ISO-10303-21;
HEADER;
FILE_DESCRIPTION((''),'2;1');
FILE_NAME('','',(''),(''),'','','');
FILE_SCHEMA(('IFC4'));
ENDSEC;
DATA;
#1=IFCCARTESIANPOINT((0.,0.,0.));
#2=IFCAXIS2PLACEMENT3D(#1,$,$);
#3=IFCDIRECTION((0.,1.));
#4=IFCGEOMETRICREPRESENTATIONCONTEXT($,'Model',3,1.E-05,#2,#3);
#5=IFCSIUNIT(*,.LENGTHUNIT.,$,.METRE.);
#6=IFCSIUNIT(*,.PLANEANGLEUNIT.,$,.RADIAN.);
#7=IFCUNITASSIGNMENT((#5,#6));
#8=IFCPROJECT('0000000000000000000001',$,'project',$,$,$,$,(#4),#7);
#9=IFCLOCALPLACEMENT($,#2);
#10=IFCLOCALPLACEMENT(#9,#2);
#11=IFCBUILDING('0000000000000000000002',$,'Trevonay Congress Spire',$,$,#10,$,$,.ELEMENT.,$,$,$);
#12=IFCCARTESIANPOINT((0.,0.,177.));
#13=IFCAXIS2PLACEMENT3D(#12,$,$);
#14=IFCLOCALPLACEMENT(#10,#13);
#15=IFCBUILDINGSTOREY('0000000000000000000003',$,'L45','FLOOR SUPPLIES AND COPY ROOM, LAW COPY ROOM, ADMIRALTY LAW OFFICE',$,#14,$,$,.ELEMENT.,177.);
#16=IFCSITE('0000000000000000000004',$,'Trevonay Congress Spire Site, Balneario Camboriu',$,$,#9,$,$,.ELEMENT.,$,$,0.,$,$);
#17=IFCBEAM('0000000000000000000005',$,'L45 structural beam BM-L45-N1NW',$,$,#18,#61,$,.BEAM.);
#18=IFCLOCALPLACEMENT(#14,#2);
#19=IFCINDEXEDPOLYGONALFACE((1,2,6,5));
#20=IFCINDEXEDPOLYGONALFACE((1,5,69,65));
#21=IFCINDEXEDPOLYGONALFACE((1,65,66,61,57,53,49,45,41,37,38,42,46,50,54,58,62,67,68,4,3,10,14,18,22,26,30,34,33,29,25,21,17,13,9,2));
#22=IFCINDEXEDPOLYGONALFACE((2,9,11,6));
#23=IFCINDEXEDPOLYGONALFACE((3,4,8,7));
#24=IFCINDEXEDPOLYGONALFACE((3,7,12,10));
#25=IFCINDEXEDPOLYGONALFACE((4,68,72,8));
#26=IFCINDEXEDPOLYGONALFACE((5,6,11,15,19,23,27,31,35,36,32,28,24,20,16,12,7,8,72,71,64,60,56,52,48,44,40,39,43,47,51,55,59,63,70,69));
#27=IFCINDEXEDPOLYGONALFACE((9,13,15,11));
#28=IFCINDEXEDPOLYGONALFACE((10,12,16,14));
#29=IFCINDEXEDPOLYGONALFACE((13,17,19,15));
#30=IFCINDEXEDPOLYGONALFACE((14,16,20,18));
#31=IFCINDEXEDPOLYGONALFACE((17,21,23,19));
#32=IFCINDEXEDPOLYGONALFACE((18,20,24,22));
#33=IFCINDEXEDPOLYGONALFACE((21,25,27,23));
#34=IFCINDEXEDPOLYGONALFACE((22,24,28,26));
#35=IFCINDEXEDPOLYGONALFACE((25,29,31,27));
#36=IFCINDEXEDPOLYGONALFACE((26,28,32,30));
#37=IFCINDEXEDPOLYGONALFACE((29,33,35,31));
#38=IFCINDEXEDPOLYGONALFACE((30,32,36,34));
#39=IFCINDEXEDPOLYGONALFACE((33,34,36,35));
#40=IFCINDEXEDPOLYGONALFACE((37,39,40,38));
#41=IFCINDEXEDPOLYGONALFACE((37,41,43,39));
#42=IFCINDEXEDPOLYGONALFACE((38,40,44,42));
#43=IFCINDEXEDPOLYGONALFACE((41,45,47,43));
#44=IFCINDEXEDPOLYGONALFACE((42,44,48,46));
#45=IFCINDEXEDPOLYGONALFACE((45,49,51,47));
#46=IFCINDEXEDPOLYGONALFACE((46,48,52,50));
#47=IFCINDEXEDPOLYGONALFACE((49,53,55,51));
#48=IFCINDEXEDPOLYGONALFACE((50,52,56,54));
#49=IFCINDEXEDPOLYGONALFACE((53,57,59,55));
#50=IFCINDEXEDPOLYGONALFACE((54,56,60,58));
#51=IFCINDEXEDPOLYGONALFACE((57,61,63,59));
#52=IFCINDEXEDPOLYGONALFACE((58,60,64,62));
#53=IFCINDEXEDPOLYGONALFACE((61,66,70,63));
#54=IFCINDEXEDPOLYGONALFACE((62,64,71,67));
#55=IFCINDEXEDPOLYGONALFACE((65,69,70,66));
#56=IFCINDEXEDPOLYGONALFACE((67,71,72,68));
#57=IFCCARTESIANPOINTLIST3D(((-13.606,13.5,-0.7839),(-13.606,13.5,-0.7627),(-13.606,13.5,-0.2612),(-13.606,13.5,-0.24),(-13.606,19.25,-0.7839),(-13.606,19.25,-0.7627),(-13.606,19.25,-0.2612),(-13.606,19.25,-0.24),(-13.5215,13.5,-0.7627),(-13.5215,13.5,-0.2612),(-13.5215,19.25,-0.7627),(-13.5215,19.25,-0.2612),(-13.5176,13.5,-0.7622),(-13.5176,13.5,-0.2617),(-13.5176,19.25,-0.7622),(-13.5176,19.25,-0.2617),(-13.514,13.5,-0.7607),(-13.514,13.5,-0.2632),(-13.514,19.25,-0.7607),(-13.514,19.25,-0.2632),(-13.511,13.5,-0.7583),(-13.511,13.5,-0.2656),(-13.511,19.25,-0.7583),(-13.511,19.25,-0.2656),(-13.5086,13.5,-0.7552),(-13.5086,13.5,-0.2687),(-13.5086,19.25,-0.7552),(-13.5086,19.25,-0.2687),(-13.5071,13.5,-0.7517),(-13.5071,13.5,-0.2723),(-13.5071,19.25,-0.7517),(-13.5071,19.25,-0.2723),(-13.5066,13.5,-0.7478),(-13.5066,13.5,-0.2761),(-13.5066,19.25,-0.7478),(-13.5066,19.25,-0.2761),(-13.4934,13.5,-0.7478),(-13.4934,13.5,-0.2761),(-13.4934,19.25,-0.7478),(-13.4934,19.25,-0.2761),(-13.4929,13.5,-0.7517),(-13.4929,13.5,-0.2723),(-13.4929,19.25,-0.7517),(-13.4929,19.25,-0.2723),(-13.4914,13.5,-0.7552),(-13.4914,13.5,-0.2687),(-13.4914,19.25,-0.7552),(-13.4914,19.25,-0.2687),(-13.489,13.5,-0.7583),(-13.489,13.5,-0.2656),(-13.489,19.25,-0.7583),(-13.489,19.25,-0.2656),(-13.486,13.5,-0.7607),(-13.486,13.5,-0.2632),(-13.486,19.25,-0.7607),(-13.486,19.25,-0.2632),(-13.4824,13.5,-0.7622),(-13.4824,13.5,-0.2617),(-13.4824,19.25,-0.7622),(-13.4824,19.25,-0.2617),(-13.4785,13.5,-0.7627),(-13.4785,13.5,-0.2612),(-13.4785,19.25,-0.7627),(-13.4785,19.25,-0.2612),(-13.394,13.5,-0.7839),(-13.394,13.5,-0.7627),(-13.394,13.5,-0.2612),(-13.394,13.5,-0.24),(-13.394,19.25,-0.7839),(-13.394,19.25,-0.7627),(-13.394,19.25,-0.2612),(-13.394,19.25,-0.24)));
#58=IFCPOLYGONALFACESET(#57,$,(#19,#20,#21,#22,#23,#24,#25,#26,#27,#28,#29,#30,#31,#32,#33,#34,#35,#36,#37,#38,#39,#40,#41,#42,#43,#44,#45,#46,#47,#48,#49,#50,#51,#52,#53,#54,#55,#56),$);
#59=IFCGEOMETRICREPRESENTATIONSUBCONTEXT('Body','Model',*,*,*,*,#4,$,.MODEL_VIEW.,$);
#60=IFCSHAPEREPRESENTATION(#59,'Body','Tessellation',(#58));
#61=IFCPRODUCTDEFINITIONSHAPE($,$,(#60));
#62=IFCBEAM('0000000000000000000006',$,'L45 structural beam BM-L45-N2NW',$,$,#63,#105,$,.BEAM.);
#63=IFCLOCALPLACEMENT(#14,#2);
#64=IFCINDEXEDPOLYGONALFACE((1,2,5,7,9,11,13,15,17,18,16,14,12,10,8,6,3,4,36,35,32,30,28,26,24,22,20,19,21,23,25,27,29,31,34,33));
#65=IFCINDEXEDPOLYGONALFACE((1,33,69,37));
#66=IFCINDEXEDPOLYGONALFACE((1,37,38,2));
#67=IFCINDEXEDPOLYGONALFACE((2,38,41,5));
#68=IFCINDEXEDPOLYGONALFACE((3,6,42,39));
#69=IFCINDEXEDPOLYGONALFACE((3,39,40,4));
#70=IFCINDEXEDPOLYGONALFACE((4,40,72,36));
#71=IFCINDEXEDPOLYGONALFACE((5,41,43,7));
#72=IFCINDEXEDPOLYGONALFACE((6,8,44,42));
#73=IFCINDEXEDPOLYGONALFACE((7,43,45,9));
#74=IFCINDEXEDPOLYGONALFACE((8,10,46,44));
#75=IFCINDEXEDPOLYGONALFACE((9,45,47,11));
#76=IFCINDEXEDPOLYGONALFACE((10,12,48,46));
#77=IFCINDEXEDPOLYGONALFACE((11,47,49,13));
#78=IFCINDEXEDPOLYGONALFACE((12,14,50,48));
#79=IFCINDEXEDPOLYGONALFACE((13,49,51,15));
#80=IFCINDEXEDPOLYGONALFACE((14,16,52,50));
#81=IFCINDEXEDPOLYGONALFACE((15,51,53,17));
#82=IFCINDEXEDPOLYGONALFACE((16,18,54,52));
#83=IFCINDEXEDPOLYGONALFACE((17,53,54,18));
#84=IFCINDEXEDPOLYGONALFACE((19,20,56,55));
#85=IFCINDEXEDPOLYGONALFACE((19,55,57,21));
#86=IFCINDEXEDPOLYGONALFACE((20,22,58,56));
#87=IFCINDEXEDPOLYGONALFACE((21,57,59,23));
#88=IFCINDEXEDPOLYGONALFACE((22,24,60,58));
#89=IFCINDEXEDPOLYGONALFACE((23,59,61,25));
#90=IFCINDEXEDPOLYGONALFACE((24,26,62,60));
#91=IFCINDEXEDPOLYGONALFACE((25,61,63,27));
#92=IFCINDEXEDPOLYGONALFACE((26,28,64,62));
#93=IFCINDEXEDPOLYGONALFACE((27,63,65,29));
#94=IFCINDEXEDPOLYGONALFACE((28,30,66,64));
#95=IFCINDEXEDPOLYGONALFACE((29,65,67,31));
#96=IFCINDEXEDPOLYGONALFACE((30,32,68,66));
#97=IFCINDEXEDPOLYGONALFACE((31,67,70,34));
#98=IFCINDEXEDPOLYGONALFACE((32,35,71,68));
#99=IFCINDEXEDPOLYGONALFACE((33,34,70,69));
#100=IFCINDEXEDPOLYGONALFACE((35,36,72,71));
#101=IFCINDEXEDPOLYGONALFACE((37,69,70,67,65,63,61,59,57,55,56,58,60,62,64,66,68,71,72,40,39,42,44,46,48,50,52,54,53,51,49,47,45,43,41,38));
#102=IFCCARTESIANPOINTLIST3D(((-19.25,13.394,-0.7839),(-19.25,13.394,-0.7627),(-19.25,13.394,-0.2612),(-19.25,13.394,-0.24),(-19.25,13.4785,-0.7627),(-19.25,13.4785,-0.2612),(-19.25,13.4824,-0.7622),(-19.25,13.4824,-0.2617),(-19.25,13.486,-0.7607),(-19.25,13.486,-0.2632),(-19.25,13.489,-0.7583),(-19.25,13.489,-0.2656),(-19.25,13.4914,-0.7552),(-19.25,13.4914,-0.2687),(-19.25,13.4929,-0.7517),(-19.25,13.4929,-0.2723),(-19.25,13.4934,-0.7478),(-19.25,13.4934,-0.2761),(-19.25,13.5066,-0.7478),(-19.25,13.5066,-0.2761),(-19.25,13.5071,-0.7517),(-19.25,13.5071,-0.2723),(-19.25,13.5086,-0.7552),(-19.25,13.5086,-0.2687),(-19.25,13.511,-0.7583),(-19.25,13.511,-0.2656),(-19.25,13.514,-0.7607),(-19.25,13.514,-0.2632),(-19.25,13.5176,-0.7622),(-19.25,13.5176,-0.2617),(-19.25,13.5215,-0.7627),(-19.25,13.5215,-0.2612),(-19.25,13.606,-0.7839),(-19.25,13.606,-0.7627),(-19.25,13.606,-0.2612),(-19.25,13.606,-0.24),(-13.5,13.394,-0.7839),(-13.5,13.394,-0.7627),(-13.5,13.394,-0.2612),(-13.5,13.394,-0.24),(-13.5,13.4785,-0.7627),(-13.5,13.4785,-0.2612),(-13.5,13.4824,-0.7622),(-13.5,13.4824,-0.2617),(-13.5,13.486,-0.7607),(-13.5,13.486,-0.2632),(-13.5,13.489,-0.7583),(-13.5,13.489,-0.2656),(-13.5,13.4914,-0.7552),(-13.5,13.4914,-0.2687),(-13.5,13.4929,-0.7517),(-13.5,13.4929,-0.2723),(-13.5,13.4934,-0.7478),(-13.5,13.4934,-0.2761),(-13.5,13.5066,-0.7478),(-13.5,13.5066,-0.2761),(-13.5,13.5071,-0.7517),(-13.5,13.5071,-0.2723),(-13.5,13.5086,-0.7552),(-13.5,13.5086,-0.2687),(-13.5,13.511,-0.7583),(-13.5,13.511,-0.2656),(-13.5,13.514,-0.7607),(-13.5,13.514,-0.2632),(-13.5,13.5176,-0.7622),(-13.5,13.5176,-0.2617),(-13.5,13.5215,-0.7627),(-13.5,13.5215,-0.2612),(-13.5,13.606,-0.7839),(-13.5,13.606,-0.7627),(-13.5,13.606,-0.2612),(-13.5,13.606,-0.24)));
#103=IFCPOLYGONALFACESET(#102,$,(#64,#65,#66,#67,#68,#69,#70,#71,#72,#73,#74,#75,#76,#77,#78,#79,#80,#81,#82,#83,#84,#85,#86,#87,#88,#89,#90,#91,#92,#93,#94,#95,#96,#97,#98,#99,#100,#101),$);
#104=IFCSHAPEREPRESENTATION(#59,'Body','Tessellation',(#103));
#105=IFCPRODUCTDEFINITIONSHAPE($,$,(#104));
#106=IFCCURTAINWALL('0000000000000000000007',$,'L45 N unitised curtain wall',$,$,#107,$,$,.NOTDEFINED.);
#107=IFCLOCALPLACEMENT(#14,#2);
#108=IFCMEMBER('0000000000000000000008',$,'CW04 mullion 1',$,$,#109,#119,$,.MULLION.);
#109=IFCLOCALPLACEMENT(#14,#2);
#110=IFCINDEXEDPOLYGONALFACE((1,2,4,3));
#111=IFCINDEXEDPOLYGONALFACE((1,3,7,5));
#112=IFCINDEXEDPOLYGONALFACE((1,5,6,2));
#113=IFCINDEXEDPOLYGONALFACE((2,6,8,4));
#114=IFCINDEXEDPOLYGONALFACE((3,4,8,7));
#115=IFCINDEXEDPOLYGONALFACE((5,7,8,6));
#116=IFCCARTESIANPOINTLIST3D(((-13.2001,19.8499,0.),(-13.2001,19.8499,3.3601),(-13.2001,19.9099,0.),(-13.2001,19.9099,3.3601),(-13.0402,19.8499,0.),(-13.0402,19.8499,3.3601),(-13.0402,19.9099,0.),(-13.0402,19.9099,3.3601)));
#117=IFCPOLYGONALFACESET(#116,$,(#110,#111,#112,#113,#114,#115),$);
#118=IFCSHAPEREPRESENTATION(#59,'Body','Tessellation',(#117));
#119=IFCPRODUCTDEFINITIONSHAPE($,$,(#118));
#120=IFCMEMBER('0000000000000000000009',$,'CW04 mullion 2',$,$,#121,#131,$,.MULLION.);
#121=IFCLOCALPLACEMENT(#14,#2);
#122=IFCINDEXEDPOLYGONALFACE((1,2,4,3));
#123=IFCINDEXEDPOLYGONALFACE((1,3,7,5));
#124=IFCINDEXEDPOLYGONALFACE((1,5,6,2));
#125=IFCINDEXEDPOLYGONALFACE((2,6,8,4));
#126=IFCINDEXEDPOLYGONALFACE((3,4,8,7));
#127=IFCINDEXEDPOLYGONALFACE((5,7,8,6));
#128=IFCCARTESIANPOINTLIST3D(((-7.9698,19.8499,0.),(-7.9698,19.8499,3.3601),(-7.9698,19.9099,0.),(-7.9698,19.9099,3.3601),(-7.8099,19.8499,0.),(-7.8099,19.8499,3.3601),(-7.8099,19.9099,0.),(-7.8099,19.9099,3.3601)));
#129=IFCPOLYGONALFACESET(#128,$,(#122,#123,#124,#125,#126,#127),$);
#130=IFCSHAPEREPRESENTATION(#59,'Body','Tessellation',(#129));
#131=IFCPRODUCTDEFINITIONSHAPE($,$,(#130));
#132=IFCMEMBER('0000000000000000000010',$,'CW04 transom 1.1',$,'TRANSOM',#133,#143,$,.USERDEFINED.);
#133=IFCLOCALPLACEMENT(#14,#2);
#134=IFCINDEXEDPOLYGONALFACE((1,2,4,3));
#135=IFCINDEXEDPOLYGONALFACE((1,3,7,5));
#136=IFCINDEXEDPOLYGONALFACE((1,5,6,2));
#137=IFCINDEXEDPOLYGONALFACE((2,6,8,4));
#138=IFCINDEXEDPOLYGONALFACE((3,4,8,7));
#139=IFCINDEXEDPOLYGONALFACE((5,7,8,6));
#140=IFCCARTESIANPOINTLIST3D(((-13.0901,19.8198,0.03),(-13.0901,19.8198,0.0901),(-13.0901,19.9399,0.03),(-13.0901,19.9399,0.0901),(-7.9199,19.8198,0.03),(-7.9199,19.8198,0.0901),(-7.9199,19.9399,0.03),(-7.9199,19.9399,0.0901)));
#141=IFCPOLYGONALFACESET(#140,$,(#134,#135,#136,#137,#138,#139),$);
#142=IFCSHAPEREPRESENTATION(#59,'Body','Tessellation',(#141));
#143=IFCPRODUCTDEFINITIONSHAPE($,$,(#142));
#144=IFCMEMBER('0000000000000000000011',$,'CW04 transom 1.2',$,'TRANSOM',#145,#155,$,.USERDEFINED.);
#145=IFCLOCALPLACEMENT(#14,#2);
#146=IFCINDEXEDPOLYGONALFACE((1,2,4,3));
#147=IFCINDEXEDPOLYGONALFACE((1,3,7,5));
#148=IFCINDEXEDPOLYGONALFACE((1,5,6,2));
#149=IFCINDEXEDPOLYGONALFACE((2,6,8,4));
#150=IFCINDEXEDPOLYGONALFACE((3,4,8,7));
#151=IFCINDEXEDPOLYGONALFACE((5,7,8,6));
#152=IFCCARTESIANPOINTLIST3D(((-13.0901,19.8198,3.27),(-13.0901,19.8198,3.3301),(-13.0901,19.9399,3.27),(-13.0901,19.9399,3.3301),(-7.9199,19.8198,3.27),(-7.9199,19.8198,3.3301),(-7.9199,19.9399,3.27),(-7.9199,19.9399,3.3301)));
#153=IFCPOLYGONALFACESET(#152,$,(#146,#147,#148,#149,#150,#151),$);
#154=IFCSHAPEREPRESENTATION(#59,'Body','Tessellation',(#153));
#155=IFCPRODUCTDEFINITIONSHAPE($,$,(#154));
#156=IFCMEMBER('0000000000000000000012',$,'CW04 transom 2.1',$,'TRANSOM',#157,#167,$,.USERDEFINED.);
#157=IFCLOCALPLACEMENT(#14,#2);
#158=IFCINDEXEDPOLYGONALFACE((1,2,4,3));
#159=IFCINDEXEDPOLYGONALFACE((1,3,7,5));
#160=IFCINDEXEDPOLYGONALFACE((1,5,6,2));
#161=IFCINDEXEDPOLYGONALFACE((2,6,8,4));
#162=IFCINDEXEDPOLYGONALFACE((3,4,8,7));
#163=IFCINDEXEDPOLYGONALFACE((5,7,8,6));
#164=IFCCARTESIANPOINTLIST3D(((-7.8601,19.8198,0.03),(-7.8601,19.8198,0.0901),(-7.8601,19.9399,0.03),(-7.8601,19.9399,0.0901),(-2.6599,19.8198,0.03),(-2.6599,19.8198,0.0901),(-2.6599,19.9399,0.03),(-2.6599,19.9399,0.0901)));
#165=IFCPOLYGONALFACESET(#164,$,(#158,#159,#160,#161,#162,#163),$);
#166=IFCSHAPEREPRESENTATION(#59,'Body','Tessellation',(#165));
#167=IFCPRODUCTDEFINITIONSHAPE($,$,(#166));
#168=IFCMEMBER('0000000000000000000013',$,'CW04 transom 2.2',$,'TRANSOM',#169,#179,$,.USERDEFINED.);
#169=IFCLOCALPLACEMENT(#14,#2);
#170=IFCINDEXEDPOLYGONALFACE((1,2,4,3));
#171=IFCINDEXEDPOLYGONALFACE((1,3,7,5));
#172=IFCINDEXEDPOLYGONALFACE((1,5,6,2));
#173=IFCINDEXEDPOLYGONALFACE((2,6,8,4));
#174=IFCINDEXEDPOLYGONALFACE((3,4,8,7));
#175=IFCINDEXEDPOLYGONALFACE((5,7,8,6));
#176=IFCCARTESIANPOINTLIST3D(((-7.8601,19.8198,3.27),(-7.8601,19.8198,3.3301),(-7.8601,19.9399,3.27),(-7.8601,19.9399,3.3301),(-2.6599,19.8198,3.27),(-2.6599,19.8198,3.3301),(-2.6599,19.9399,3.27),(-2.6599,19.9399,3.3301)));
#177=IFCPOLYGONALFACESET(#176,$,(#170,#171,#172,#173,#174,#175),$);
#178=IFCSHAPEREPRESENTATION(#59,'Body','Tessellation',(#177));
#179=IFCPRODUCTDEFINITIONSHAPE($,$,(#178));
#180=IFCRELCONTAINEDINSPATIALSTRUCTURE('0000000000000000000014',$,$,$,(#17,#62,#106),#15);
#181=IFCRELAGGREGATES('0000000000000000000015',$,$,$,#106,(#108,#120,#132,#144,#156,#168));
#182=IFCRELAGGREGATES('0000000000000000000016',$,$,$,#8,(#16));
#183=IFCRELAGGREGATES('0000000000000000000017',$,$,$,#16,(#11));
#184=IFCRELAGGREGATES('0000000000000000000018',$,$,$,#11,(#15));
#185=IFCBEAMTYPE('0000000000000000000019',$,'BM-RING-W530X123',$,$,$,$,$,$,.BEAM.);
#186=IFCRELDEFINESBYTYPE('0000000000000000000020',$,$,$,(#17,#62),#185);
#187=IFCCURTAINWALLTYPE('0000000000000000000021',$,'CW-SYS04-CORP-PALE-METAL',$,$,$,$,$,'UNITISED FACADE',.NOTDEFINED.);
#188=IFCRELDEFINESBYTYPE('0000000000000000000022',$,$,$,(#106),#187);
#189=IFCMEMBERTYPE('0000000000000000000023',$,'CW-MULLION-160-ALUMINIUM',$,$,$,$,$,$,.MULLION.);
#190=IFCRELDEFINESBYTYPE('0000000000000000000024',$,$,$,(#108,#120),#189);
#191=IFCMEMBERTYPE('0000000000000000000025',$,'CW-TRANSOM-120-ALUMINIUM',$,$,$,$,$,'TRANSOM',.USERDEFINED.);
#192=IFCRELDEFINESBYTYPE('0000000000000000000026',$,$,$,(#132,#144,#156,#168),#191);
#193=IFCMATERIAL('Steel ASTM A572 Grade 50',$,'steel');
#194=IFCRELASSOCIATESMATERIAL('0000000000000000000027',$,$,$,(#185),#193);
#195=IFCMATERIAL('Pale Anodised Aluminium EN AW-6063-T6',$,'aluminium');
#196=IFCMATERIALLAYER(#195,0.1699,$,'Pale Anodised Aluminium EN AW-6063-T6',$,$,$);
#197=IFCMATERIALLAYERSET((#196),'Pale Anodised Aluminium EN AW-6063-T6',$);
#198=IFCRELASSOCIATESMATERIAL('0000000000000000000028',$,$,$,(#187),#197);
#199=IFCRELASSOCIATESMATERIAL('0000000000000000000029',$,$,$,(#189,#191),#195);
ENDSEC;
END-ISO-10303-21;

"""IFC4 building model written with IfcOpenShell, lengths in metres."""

from ifc_helpers import new_model, si_unit, direction, frame, origin, origin_2d, place, context, subcontext, project, spatial, rectangle, i_section, extrude, material, layer, layer_set, material_profile, profile_set, type_object, element, aggregate, save


model = new_model("IFC4")

# Units and contexts
model_context = context("Model", 3, precision=1e-05, world=origin(), true_north=direction((0.0, 1.0)))
body_context = subcontext(model_context, "Body", "Model", "MODEL_VIEW")
ifc_project = project(units=[si_unit("LENGTHUNIT", "METRE"), si_unit("PLANEANGLEUNIT", "RADIAN")], contexts=[model_context])

# Site, building, storey
site_placement = place(None, origin())
site = spatial("IfcSite", under=ifc_project, at=site_placement, Name="Trevonay Congress Spire Site, Balneario Camboriu", CompositionType="ELEMENT", RefElevation=0.0)
building_placement = place(site_placement, origin())
building = spatial("IfcBuilding", under=site, at=building_placement, Name="Trevonay Congress Spire", CompositionType="ELEMENT")
storey_placement = place(building_placement, frame((0.0, 0.0, 177.0)))
storey = spatial("IfcBuildingStorey", under=building, at=storey_placement, Name="L45", Description="FLOOR SUPPLIES AND COPY ROOM, LAW COPY ROOM, ADMIRALTY LAW OFFICE", CompositionType="ELEMENT", Elevation=177.0)

# Shared definitions
ifc_material_1 = material(Name="Steel ASTM A572 Grade 50", Category="steel")

# Beams
ifc_material_profile_1 = material_profile(ifc_material_1, i_section(OverallWidth=0.2119, OverallDepth=0.5439, WebThickness=0.0132, FlangeThickness=0.0212, FilletRadius=0.0149, at=origin_2d()), Name="W530x123")
ifc_profile_set_1 = profile_set([ifc_material_profile_1], Name="Steel ASTM A572 Grade 50")
beam_type_1 = type_object("IfcBeamType", Name="BM-RING-W530X123", PredefinedType="BEAM", material=ifc_profile_set_1)
for number, where, z_axis, x_axis, name in (
    (1, (-13.5, 19.25, -0.512), (0.0, -1.0, 0.0), (1.0, 0.0, 0.0), "L45 structural beam BM-L45-N1NW"),
    (2, (-19.25, 13.5, -0.512), (1.0, 0.0, 0.0), (0.0, 1.0, 0.0), "L45 structural beam BM-L45-N2NW"),
):
    element("IfcBeam", number, at=place(storey_placement, frame(where, z_axis=z_axis, x_axis=x_axis)), inside=storey, type_object=beam_type_1, Name=name, PredefinedType="BEAM", context=body_context, shape_type="SweptSolid", body=[
        extrude(i_section(OverallWidth=0.2119, OverallDepth=0.5439, WebThickness=0.0132, FlangeThickness=0.0212, FilletRadius=0.0149, at=origin_2d()), origin(), (0.0, 0.0, 1.0), 5.75),
    ])

# Curtain wall, members
ifc_material_2 = material(Name="Pale Anodised Aluminium EN AW-6063-T6", Category="aluminium")
ifc_layer_1 = layer(ifc_material_2, 0.1699, Name="Pale Anodised Aluminium EN AW-6063-T6")
ifc_layer_set_1 = layer_set([ifc_layer_1], Name="Pale Anodised Aluminium EN AW-6063-T6")
curtain_wall_type = type_object("IfcCurtainWallType", Name="CW-SYS04-CORP-PALE-METAL", ElementType="UNITISED FACADE", PredefinedType="NOTDEFINED", material=ifc_layer_set_1)
curtain_wall_placement = place(storey_placement, origin())
curtain_wall = element("IfcCurtainWall", 3, at=curtain_wall_placement, inside=storey, type_object=curtain_wall_type, Name="L45 N unitised curtain wall", PredefinedType="NOTDEFINED")
ifc_material_profile_2 = material_profile(ifc_material_2, rectangle(XDim=0.0601, YDim=0.1599, at=origin_2d()), Name="CW-MULLION-160-ALUMINIUM")
ifc_profile_set_2 = profile_set([ifc_material_profile_2], Name="Pale Anodised Aluminium EN AW-6063-T6")
member_type_1 = type_object("IfcMemberType", Name="CW-MULLION-160-ALUMINIUM", PredefinedType="MULLION", material=ifc_profile_set_2)
member_1_placement = place(storey_placement, frame((-13.1201, 19.8799, 0.0), z_axis=(0.0, 0.0, 1.0), x_axis=(0.0, 1.0, 0.0)))
member_1 = element("IfcMember", 4, at=member_1_placement, type_object=member_type_1, Name="CW04 mullion 1", PredefinedType="MULLION", context=body_context, shape_type="SweptSolid", body=[
    extrude(rectangle(XDim=0.0601, YDim=0.1599, at=origin_2d()), origin(), (0.0, 0.0, 1.0), 3.3601),
])
member_2_placement = place(storey_placement, frame((-7.8899, 19.8799, 0.0), z_axis=(0.0, 0.0, 1.0), x_axis=(0.0, 1.0, 0.0)))
member_2 = element("IfcMember", 5, at=member_2_placement, type_object=member_type_1, Name="CW04 mullion 2", PredefinedType="MULLION", context=body_context, shape_type="SweptSolid", body=[
    extrude(rectangle(XDim=0.0601, YDim=0.1599, at=origin_2d()), origin(), (0.0, 0.0, 1.0), 3.3601),
])
ifc_material_profile_3 = material_profile(ifc_material_2, rectangle(XDim=0.1201, YDim=0.0601, at=origin_2d()), Name="CW-TRANSOM-120-ALUMINIUM")
ifc_profile_set_3 = profile_set([ifc_material_profile_3], Name="Pale Anodised Aluminium EN AW-6063-T6")
member_type_2 = type_object("IfcMemberType", Name="CW-TRANSOM-120-ALUMINIUM", ElementType="TRANSOM", PredefinedType="USERDEFINED", material=ifc_profile_set_3)
member_3_placement = place(storey_placement, frame((-13.0901, 19.8799, 0.0601), z_axis=(1.0, 0.0, 0.0), x_axis=(0.0, 1.0, 0.0)))
member_3 = element("IfcMember", 6, at=member_3_placement, type_object=member_type_2, Name="CW04 transom 1.1", ObjectType="TRANSOM", PredefinedType="USERDEFINED", context=body_context, shape_type="SweptSolid", body=[
    extrude(rectangle(XDim=0.1201, YDim=0.0601, at=origin_2d()), origin(), (0.0, 0.0, 1.0), 5.1702),
])
member_4_placement = place(storey_placement, frame((-13.0901, 19.8799, 3.3), z_axis=(1.0, 0.0, 0.0), x_axis=(0.0, 1.0, 0.0)))
member_4 = element("IfcMember", 7, at=member_4_placement, type_object=member_type_2, Name="CW04 transom 1.2", ObjectType="TRANSOM", PredefinedType="USERDEFINED", context=body_context, shape_type="SweptSolid", body=[
    extrude(rectangle(XDim=0.1201, YDim=0.0601, at=origin_2d()), origin(), (0.0, 0.0, 1.0), 5.1702),
])
member_5_placement = place(storey_placement, frame((-7.8601, 19.8799, 0.0601), z_axis=(1.0, 0.0, 0.0), x_axis=(0.0, 1.0, 0.0)))
member_5 = element("IfcMember", 8, at=member_5_placement, type_object=member_type_2, Name="CW04 transom 2.1", ObjectType="TRANSOM", PredefinedType="USERDEFINED", context=body_context, shape_type="SweptSolid", body=[
    extrude(rectangle(XDim=0.1201, YDim=0.0601, at=origin_2d()), origin(), (0.0, 0.0, 1.0), 5.2002),
])
member_6_placement = place(storey_placement, frame((-7.8601, 19.8799, 3.3), z_axis=(1.0, 0.0, 0.0), x_axis=(0.0, 1.0, 0.0)))
member_6 = element("IfcMember", 9, at=member_6_placement, type_object=member_type_2, Name="CW04 transom 2.2", ObjectType="TRANSOM", PredefinedType="USERDEFINED", context=body_context, shape_type="SweptSolid", body=[
    extrude(rectangle(XDim=0.1201, YDim=0.0601, at=origin_2d()), origin(), (0.0, 0.0, 1.0), 5.2002),
])

aggregate(curtain_wall, [member_1, member_2, member_3, member_4, member_5, member_6])

save(model, "model.ifc")
